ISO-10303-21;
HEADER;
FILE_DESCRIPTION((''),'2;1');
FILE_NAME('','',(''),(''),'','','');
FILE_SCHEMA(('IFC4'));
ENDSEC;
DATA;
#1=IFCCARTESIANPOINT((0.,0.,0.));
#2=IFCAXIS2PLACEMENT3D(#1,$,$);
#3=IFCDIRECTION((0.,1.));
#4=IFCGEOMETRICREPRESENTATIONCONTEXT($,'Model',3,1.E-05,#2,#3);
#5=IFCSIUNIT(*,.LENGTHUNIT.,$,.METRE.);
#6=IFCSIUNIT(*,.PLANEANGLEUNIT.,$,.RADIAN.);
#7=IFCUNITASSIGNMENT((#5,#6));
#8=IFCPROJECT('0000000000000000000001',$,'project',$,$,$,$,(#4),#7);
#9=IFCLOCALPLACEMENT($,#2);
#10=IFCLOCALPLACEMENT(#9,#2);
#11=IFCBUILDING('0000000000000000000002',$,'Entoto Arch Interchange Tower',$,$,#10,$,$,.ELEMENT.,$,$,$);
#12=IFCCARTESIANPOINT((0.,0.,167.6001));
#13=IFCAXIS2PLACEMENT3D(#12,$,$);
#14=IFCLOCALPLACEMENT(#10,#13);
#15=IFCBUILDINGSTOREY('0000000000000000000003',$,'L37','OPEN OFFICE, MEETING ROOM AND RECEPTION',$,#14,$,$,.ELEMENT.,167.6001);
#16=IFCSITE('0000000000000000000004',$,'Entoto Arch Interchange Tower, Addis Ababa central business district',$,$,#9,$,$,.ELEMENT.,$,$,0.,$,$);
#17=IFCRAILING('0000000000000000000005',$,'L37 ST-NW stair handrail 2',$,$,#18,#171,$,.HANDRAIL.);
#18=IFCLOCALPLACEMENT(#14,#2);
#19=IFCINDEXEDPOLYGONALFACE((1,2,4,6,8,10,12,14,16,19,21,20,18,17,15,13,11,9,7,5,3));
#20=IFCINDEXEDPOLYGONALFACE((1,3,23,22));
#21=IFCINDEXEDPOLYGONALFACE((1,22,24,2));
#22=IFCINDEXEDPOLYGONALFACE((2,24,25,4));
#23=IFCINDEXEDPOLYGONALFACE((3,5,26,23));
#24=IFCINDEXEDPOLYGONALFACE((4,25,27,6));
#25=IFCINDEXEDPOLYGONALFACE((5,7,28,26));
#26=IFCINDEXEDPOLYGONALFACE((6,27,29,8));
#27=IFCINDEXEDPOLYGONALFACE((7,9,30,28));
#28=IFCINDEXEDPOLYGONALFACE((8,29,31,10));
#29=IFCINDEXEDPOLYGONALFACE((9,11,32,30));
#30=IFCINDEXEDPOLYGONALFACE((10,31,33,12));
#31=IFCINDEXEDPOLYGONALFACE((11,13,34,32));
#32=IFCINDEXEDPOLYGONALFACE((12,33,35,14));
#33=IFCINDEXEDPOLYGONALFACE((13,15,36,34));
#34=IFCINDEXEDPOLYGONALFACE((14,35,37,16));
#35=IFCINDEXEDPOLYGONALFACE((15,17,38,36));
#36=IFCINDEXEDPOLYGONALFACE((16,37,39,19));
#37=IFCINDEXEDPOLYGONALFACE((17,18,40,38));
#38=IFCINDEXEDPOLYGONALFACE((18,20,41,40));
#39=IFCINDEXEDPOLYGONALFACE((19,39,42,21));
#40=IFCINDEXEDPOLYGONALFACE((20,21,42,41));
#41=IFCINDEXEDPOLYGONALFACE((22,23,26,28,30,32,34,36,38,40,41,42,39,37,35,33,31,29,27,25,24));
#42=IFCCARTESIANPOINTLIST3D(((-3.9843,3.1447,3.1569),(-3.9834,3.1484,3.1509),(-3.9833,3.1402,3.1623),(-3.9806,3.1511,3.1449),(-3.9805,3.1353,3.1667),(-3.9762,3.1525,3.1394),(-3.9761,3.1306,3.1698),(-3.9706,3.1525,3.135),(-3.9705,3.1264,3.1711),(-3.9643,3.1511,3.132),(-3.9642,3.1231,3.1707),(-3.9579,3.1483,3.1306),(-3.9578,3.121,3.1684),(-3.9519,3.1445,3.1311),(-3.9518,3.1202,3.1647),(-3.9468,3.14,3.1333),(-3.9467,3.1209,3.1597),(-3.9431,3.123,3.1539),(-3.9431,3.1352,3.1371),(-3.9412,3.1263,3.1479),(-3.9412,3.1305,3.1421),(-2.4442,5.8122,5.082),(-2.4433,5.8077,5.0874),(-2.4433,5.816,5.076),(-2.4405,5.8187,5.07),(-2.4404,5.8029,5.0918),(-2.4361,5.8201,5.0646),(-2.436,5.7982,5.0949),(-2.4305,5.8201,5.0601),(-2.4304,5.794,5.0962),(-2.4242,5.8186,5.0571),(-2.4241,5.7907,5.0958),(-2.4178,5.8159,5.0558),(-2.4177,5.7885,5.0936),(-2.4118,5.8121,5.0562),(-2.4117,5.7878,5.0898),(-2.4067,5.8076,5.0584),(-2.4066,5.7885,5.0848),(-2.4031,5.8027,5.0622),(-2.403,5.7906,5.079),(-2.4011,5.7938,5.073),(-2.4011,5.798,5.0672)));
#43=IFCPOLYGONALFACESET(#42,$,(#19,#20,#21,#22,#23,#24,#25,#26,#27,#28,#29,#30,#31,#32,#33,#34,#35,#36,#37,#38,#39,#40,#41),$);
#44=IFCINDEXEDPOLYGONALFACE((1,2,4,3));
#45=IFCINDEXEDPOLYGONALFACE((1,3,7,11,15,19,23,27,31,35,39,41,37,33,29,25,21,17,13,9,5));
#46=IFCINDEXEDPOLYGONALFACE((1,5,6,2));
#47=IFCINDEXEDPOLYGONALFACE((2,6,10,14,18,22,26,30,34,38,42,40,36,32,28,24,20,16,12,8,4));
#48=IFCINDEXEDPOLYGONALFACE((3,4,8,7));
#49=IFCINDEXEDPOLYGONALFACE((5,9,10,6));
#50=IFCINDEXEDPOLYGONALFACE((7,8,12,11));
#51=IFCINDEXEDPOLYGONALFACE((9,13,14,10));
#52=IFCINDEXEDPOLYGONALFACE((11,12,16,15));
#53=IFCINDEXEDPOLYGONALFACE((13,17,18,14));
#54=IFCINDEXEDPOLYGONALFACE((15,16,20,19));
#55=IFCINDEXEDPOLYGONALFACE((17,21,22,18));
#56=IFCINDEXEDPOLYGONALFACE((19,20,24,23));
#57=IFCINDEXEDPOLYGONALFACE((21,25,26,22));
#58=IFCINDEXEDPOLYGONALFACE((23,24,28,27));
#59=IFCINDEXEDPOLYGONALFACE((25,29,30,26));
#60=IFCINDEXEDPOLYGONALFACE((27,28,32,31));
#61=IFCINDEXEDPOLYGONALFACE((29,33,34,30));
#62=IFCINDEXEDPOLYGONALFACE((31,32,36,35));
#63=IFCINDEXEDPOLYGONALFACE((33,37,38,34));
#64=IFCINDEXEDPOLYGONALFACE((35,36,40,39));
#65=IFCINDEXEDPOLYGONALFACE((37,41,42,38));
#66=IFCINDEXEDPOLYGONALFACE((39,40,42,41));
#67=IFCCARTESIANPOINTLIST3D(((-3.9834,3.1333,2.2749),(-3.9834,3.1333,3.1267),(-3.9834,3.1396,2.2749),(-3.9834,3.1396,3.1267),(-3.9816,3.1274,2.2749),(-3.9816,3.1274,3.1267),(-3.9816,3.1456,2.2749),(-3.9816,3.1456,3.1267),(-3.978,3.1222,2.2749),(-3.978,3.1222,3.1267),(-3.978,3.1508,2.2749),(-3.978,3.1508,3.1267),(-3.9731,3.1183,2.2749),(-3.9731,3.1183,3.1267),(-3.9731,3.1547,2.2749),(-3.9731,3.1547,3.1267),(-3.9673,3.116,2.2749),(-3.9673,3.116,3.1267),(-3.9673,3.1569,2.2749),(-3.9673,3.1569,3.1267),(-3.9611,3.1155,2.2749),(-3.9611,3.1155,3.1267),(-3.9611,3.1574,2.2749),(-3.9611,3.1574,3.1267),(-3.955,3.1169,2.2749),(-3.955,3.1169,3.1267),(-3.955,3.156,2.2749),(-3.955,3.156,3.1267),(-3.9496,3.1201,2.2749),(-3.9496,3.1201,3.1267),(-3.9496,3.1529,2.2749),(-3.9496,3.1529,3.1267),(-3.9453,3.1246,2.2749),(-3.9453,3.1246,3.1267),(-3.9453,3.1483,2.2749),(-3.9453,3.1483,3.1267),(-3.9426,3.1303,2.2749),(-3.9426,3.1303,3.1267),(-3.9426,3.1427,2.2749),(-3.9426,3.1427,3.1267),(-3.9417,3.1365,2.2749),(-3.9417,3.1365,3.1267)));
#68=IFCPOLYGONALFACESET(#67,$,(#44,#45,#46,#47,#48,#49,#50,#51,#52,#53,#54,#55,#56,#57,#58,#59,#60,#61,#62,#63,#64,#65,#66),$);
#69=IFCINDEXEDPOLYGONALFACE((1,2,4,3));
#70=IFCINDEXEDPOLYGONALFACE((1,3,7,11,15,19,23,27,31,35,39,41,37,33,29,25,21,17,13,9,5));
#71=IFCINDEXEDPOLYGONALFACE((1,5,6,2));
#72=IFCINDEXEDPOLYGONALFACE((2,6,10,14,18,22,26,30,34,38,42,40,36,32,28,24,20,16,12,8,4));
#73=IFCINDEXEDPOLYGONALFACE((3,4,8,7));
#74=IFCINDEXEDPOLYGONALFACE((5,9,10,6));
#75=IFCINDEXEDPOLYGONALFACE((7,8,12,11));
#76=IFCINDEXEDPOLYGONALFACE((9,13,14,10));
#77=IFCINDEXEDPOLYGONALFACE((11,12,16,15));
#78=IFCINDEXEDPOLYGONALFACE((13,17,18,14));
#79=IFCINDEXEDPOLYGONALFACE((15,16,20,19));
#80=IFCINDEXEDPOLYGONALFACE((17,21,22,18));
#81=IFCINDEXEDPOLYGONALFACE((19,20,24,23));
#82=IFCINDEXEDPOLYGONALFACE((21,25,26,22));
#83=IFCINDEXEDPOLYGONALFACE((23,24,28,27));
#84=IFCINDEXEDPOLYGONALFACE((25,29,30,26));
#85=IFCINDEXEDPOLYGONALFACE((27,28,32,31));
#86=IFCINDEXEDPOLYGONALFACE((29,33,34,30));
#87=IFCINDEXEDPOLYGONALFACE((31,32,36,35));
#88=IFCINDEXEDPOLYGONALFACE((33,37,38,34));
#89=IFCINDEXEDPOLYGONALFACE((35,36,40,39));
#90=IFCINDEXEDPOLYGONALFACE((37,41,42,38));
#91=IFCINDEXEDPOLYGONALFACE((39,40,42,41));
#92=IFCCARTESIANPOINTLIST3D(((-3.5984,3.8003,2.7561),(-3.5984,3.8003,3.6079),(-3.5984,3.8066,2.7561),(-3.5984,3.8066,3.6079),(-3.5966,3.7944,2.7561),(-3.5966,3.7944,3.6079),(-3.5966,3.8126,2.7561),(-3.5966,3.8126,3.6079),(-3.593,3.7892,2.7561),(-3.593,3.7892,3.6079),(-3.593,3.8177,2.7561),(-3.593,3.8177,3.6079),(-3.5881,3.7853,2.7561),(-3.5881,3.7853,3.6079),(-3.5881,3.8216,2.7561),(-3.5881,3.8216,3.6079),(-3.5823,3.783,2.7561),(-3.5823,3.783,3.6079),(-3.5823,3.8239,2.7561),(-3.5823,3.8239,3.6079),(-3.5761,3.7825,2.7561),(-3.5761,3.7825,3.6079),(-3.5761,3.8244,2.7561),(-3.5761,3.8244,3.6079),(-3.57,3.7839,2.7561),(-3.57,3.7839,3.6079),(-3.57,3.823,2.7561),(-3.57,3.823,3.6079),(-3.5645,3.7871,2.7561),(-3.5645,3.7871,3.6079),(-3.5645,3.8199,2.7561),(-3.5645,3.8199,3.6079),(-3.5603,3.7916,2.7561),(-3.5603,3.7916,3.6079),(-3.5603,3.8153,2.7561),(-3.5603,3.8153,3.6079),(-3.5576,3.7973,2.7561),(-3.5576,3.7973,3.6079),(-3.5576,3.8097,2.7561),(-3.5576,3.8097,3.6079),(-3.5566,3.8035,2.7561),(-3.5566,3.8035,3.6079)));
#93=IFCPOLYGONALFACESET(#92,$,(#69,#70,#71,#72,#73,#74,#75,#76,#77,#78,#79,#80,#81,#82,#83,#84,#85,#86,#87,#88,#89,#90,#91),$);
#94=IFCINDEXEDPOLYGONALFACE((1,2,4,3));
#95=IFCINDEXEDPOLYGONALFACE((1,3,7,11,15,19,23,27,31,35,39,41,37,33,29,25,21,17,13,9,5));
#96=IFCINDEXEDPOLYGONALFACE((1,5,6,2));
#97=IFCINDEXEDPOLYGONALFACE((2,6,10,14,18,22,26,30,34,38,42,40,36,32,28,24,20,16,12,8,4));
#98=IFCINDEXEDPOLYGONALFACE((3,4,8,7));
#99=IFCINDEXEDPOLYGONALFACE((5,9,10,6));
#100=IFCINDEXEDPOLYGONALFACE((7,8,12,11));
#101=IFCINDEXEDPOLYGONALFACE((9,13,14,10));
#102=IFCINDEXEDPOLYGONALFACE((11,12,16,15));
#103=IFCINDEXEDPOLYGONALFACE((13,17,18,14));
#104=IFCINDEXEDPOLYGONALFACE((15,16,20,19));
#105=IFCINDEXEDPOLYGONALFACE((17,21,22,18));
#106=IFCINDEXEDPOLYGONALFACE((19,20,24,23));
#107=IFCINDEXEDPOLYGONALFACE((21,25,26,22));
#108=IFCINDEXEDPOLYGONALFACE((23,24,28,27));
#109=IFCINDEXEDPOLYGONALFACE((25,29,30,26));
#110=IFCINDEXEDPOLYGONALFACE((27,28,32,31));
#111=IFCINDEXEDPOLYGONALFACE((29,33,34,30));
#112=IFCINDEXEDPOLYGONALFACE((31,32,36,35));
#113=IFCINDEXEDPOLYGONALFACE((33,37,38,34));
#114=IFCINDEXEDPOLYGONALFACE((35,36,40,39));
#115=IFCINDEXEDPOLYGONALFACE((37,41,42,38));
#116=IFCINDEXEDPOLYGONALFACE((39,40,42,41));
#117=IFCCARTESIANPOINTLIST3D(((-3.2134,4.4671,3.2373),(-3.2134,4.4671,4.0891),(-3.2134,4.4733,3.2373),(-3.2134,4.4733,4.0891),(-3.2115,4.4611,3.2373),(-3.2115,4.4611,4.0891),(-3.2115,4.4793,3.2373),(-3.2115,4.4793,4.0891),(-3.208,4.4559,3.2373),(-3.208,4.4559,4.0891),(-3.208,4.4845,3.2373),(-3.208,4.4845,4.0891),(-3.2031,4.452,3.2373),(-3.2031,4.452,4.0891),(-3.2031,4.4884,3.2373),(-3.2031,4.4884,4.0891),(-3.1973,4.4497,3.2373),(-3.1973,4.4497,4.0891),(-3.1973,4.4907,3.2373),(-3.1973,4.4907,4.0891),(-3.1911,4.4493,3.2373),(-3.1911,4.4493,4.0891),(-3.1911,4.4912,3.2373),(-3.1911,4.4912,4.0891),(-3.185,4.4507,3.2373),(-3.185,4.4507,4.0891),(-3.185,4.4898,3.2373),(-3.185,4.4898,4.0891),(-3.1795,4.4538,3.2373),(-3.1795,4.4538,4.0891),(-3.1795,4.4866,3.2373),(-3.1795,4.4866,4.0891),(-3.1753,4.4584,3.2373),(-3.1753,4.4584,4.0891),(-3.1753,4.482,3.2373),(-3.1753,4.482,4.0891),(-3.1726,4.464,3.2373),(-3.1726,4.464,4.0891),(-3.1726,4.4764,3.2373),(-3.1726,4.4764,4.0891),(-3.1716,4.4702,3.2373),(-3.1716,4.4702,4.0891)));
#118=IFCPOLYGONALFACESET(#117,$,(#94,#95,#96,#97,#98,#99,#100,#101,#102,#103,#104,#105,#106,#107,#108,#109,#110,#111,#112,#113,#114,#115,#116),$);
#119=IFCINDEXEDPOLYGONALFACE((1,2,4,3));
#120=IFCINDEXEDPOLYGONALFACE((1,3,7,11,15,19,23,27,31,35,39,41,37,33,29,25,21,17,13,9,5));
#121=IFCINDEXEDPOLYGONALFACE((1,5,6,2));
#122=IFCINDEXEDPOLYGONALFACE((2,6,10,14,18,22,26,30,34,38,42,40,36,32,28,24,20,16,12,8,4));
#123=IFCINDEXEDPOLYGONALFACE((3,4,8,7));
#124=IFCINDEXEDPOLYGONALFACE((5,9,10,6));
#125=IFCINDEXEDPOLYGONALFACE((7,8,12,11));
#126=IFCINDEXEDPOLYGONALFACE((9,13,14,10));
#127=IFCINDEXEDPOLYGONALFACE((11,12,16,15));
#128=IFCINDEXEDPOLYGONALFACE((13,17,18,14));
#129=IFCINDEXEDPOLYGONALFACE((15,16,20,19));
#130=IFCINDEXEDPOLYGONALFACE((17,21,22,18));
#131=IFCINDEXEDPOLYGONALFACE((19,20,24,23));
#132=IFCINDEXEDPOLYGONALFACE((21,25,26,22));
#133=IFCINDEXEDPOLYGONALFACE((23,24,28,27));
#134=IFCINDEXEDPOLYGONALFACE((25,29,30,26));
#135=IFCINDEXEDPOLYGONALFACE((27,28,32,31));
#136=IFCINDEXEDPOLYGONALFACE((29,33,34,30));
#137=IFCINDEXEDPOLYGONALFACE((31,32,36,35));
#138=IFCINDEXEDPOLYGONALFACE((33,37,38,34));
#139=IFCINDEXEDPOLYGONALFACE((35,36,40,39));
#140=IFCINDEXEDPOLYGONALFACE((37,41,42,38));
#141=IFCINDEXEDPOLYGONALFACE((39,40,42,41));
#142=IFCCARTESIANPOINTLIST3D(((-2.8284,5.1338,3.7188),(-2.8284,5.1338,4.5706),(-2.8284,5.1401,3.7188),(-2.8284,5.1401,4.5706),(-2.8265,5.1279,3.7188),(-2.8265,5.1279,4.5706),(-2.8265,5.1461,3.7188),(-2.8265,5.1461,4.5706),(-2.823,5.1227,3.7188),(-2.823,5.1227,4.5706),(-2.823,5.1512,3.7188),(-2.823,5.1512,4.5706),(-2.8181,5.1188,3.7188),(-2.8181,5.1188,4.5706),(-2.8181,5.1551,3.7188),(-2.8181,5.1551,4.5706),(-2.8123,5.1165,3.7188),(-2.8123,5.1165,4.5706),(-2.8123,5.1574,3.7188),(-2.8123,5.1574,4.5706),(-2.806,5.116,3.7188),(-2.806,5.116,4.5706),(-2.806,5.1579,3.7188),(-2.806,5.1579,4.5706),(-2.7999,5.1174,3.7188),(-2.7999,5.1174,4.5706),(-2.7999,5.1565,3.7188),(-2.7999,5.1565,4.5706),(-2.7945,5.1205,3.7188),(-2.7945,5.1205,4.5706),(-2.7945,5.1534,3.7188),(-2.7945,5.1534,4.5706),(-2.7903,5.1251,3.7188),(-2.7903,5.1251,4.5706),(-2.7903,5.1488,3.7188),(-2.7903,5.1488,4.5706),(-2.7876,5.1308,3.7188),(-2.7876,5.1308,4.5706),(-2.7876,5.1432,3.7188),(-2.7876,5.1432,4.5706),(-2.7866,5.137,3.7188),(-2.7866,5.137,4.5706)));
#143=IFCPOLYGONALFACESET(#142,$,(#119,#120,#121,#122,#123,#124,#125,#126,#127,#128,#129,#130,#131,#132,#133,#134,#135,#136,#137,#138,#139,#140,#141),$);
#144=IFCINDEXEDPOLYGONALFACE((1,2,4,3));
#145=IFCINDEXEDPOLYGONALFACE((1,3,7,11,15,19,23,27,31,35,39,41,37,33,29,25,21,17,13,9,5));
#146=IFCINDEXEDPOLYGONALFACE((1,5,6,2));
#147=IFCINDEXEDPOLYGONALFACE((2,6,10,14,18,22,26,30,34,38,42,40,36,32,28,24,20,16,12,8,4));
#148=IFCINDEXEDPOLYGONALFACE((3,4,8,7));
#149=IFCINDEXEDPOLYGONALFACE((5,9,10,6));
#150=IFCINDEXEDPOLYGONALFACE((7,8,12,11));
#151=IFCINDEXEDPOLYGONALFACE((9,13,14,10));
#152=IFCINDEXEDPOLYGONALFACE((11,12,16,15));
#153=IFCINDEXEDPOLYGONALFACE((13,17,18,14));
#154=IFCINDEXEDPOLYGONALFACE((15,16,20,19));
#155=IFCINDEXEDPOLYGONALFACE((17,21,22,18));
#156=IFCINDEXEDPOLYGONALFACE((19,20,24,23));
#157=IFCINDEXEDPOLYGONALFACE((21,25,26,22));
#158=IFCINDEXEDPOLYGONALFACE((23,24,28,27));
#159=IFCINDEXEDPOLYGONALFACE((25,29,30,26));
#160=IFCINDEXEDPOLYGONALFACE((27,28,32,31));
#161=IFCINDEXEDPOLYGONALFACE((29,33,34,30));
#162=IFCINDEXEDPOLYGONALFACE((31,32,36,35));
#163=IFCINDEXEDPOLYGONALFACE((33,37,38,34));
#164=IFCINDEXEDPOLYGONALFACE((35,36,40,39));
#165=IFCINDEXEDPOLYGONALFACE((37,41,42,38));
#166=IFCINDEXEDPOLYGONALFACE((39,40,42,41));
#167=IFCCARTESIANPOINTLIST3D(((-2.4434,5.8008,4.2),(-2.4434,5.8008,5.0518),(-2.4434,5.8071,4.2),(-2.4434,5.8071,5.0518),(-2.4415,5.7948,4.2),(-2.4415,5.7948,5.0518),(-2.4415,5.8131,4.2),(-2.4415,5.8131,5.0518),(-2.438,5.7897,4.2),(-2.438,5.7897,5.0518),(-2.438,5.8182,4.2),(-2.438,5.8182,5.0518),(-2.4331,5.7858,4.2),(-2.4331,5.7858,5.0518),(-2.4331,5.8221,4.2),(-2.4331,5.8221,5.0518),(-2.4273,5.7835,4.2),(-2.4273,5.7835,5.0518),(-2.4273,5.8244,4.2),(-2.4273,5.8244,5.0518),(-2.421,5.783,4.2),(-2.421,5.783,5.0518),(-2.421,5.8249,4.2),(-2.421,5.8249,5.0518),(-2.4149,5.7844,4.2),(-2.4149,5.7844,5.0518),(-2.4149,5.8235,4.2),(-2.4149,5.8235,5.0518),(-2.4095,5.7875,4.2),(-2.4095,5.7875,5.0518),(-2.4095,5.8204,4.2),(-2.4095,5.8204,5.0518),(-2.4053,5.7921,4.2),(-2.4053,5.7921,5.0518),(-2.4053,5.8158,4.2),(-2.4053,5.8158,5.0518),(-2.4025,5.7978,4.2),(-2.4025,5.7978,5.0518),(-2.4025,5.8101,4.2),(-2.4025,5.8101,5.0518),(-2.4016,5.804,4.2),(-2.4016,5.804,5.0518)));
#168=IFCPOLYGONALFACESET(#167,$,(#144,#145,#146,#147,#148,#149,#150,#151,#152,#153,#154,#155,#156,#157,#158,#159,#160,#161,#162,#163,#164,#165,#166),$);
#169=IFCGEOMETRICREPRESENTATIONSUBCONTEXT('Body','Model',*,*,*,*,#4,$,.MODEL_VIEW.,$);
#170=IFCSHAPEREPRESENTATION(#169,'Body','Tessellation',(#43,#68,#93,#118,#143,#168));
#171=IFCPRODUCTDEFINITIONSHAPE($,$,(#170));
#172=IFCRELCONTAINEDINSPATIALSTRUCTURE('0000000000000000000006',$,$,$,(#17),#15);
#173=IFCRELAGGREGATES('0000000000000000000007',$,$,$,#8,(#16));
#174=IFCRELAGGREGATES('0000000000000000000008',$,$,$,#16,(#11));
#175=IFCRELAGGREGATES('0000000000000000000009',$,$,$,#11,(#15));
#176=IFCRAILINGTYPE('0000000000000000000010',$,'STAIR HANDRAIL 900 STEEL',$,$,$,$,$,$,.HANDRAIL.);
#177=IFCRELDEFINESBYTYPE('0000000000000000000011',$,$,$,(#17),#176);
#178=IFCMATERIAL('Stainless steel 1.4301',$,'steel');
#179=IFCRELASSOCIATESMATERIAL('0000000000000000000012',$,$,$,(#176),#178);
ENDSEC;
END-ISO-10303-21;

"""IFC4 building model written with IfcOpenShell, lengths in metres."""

from ifc_helpers import new_model, si_unit, direction, frame, origin, origin_2d, place, context, subcontext, project, spatial, circle, extrude, material, type_object, element, save


model = new_model("IFC4")

# Units and contexts
model_context = context("Model", 3, precision=1e-05, world=origin(), true_north=direction((0.0, 1.0)))
body_context = subcontext(model_context, "Body", "Model", "MODEL_VIEW")
ifc_project = project(units=[si_unit("LENGTHUNIT", "METRE"), si_unit("PLANEANGLEUNIT", "RADIAN")], contexts=[model_context])

# Site, building, storey
site_placement = place(None, origin())
site = spatial("IfcSite", under=ifc_project, at=site_placement, Name="Entoto Arch Interchange Tower, Addis Ababa central business district", CompositionType="ELEMENT", RefElevation=0.0)
building_placement = place(site_placement, origin())
building = spatial("IfcBuilding", under=site, at=building_placement, Name="Entoto Arch Interchange Tower", CompositionType="ELEMENT")
storey_placement = place(building_placement, frame((0.0, 0.0, 167.6001)))
storey = spatial("IfcBuildingStorey", under=building, at=storey_placement, Name="L37", Description="OPEN OFFICE, MEETING ROOM AND RECEPTION", CompositionType="ELEMENT", Elevation=167.6001)

# Railing
ifc_material_1 = material(Name="Stainless steel 1.4301", Category="steel")
railing_type_1 = type_object("IfcRailingType", Name="STAIR HANDRAIL 900 STEEL", PredefinedType="HANDRAIL", material=ifc_material_1)
railing_1_placement = place(storey_placement, frame((-3.9626, 3.1365, 2.2749)))
element("IfcRailing", 1, at=railing_1_placement, inside=storey, type_object=railing_type_1, Name="L37 ST-NW stair handrail 2", PredefinedType="HANDRAIL", context=body_context, shape_type="SweptSolid", body=[
    extrude(circle(Radius=0.0239, at=origin_2d()), frame((0.0, 0.0, 0.876), z_axis=(0.423994, 0.734395, 0.529993), x_axis=(-0.86603, 0.499992, 0.0)), (0.0, 0.0, 1.0), 3.6323),
    extrude(circle(Radius=0.021, at=origin_2d()), origin(), (0.0, 0.0, 1.0), 0.8518),
    extrude(circle(Radius=0.021, at=origin_2d()), frame((0.385, 0.667, 0.4812)), (0.0, 0.0, 1.0), 0.8518),
    extrude(circle(Radius=0.021, at=origin_2d()), frame((0.77, 1.3337, 0.9624)), (0.0, 0.0, 1.0), 0.8518),
    extrude(circle(Radius=0.021, at=origin_2d()), frame((1.155, 2.0005, 1.4438)), (0.0, 0.0, 1.0), 0.8518),
    extrude(circle(Radius=0.021, at=origin_2d()), frame((1.54, 2.6675, 1.925)), (0.0, 0.0, 1.0), 0.8518),
])

save(model, "model.ifc")
